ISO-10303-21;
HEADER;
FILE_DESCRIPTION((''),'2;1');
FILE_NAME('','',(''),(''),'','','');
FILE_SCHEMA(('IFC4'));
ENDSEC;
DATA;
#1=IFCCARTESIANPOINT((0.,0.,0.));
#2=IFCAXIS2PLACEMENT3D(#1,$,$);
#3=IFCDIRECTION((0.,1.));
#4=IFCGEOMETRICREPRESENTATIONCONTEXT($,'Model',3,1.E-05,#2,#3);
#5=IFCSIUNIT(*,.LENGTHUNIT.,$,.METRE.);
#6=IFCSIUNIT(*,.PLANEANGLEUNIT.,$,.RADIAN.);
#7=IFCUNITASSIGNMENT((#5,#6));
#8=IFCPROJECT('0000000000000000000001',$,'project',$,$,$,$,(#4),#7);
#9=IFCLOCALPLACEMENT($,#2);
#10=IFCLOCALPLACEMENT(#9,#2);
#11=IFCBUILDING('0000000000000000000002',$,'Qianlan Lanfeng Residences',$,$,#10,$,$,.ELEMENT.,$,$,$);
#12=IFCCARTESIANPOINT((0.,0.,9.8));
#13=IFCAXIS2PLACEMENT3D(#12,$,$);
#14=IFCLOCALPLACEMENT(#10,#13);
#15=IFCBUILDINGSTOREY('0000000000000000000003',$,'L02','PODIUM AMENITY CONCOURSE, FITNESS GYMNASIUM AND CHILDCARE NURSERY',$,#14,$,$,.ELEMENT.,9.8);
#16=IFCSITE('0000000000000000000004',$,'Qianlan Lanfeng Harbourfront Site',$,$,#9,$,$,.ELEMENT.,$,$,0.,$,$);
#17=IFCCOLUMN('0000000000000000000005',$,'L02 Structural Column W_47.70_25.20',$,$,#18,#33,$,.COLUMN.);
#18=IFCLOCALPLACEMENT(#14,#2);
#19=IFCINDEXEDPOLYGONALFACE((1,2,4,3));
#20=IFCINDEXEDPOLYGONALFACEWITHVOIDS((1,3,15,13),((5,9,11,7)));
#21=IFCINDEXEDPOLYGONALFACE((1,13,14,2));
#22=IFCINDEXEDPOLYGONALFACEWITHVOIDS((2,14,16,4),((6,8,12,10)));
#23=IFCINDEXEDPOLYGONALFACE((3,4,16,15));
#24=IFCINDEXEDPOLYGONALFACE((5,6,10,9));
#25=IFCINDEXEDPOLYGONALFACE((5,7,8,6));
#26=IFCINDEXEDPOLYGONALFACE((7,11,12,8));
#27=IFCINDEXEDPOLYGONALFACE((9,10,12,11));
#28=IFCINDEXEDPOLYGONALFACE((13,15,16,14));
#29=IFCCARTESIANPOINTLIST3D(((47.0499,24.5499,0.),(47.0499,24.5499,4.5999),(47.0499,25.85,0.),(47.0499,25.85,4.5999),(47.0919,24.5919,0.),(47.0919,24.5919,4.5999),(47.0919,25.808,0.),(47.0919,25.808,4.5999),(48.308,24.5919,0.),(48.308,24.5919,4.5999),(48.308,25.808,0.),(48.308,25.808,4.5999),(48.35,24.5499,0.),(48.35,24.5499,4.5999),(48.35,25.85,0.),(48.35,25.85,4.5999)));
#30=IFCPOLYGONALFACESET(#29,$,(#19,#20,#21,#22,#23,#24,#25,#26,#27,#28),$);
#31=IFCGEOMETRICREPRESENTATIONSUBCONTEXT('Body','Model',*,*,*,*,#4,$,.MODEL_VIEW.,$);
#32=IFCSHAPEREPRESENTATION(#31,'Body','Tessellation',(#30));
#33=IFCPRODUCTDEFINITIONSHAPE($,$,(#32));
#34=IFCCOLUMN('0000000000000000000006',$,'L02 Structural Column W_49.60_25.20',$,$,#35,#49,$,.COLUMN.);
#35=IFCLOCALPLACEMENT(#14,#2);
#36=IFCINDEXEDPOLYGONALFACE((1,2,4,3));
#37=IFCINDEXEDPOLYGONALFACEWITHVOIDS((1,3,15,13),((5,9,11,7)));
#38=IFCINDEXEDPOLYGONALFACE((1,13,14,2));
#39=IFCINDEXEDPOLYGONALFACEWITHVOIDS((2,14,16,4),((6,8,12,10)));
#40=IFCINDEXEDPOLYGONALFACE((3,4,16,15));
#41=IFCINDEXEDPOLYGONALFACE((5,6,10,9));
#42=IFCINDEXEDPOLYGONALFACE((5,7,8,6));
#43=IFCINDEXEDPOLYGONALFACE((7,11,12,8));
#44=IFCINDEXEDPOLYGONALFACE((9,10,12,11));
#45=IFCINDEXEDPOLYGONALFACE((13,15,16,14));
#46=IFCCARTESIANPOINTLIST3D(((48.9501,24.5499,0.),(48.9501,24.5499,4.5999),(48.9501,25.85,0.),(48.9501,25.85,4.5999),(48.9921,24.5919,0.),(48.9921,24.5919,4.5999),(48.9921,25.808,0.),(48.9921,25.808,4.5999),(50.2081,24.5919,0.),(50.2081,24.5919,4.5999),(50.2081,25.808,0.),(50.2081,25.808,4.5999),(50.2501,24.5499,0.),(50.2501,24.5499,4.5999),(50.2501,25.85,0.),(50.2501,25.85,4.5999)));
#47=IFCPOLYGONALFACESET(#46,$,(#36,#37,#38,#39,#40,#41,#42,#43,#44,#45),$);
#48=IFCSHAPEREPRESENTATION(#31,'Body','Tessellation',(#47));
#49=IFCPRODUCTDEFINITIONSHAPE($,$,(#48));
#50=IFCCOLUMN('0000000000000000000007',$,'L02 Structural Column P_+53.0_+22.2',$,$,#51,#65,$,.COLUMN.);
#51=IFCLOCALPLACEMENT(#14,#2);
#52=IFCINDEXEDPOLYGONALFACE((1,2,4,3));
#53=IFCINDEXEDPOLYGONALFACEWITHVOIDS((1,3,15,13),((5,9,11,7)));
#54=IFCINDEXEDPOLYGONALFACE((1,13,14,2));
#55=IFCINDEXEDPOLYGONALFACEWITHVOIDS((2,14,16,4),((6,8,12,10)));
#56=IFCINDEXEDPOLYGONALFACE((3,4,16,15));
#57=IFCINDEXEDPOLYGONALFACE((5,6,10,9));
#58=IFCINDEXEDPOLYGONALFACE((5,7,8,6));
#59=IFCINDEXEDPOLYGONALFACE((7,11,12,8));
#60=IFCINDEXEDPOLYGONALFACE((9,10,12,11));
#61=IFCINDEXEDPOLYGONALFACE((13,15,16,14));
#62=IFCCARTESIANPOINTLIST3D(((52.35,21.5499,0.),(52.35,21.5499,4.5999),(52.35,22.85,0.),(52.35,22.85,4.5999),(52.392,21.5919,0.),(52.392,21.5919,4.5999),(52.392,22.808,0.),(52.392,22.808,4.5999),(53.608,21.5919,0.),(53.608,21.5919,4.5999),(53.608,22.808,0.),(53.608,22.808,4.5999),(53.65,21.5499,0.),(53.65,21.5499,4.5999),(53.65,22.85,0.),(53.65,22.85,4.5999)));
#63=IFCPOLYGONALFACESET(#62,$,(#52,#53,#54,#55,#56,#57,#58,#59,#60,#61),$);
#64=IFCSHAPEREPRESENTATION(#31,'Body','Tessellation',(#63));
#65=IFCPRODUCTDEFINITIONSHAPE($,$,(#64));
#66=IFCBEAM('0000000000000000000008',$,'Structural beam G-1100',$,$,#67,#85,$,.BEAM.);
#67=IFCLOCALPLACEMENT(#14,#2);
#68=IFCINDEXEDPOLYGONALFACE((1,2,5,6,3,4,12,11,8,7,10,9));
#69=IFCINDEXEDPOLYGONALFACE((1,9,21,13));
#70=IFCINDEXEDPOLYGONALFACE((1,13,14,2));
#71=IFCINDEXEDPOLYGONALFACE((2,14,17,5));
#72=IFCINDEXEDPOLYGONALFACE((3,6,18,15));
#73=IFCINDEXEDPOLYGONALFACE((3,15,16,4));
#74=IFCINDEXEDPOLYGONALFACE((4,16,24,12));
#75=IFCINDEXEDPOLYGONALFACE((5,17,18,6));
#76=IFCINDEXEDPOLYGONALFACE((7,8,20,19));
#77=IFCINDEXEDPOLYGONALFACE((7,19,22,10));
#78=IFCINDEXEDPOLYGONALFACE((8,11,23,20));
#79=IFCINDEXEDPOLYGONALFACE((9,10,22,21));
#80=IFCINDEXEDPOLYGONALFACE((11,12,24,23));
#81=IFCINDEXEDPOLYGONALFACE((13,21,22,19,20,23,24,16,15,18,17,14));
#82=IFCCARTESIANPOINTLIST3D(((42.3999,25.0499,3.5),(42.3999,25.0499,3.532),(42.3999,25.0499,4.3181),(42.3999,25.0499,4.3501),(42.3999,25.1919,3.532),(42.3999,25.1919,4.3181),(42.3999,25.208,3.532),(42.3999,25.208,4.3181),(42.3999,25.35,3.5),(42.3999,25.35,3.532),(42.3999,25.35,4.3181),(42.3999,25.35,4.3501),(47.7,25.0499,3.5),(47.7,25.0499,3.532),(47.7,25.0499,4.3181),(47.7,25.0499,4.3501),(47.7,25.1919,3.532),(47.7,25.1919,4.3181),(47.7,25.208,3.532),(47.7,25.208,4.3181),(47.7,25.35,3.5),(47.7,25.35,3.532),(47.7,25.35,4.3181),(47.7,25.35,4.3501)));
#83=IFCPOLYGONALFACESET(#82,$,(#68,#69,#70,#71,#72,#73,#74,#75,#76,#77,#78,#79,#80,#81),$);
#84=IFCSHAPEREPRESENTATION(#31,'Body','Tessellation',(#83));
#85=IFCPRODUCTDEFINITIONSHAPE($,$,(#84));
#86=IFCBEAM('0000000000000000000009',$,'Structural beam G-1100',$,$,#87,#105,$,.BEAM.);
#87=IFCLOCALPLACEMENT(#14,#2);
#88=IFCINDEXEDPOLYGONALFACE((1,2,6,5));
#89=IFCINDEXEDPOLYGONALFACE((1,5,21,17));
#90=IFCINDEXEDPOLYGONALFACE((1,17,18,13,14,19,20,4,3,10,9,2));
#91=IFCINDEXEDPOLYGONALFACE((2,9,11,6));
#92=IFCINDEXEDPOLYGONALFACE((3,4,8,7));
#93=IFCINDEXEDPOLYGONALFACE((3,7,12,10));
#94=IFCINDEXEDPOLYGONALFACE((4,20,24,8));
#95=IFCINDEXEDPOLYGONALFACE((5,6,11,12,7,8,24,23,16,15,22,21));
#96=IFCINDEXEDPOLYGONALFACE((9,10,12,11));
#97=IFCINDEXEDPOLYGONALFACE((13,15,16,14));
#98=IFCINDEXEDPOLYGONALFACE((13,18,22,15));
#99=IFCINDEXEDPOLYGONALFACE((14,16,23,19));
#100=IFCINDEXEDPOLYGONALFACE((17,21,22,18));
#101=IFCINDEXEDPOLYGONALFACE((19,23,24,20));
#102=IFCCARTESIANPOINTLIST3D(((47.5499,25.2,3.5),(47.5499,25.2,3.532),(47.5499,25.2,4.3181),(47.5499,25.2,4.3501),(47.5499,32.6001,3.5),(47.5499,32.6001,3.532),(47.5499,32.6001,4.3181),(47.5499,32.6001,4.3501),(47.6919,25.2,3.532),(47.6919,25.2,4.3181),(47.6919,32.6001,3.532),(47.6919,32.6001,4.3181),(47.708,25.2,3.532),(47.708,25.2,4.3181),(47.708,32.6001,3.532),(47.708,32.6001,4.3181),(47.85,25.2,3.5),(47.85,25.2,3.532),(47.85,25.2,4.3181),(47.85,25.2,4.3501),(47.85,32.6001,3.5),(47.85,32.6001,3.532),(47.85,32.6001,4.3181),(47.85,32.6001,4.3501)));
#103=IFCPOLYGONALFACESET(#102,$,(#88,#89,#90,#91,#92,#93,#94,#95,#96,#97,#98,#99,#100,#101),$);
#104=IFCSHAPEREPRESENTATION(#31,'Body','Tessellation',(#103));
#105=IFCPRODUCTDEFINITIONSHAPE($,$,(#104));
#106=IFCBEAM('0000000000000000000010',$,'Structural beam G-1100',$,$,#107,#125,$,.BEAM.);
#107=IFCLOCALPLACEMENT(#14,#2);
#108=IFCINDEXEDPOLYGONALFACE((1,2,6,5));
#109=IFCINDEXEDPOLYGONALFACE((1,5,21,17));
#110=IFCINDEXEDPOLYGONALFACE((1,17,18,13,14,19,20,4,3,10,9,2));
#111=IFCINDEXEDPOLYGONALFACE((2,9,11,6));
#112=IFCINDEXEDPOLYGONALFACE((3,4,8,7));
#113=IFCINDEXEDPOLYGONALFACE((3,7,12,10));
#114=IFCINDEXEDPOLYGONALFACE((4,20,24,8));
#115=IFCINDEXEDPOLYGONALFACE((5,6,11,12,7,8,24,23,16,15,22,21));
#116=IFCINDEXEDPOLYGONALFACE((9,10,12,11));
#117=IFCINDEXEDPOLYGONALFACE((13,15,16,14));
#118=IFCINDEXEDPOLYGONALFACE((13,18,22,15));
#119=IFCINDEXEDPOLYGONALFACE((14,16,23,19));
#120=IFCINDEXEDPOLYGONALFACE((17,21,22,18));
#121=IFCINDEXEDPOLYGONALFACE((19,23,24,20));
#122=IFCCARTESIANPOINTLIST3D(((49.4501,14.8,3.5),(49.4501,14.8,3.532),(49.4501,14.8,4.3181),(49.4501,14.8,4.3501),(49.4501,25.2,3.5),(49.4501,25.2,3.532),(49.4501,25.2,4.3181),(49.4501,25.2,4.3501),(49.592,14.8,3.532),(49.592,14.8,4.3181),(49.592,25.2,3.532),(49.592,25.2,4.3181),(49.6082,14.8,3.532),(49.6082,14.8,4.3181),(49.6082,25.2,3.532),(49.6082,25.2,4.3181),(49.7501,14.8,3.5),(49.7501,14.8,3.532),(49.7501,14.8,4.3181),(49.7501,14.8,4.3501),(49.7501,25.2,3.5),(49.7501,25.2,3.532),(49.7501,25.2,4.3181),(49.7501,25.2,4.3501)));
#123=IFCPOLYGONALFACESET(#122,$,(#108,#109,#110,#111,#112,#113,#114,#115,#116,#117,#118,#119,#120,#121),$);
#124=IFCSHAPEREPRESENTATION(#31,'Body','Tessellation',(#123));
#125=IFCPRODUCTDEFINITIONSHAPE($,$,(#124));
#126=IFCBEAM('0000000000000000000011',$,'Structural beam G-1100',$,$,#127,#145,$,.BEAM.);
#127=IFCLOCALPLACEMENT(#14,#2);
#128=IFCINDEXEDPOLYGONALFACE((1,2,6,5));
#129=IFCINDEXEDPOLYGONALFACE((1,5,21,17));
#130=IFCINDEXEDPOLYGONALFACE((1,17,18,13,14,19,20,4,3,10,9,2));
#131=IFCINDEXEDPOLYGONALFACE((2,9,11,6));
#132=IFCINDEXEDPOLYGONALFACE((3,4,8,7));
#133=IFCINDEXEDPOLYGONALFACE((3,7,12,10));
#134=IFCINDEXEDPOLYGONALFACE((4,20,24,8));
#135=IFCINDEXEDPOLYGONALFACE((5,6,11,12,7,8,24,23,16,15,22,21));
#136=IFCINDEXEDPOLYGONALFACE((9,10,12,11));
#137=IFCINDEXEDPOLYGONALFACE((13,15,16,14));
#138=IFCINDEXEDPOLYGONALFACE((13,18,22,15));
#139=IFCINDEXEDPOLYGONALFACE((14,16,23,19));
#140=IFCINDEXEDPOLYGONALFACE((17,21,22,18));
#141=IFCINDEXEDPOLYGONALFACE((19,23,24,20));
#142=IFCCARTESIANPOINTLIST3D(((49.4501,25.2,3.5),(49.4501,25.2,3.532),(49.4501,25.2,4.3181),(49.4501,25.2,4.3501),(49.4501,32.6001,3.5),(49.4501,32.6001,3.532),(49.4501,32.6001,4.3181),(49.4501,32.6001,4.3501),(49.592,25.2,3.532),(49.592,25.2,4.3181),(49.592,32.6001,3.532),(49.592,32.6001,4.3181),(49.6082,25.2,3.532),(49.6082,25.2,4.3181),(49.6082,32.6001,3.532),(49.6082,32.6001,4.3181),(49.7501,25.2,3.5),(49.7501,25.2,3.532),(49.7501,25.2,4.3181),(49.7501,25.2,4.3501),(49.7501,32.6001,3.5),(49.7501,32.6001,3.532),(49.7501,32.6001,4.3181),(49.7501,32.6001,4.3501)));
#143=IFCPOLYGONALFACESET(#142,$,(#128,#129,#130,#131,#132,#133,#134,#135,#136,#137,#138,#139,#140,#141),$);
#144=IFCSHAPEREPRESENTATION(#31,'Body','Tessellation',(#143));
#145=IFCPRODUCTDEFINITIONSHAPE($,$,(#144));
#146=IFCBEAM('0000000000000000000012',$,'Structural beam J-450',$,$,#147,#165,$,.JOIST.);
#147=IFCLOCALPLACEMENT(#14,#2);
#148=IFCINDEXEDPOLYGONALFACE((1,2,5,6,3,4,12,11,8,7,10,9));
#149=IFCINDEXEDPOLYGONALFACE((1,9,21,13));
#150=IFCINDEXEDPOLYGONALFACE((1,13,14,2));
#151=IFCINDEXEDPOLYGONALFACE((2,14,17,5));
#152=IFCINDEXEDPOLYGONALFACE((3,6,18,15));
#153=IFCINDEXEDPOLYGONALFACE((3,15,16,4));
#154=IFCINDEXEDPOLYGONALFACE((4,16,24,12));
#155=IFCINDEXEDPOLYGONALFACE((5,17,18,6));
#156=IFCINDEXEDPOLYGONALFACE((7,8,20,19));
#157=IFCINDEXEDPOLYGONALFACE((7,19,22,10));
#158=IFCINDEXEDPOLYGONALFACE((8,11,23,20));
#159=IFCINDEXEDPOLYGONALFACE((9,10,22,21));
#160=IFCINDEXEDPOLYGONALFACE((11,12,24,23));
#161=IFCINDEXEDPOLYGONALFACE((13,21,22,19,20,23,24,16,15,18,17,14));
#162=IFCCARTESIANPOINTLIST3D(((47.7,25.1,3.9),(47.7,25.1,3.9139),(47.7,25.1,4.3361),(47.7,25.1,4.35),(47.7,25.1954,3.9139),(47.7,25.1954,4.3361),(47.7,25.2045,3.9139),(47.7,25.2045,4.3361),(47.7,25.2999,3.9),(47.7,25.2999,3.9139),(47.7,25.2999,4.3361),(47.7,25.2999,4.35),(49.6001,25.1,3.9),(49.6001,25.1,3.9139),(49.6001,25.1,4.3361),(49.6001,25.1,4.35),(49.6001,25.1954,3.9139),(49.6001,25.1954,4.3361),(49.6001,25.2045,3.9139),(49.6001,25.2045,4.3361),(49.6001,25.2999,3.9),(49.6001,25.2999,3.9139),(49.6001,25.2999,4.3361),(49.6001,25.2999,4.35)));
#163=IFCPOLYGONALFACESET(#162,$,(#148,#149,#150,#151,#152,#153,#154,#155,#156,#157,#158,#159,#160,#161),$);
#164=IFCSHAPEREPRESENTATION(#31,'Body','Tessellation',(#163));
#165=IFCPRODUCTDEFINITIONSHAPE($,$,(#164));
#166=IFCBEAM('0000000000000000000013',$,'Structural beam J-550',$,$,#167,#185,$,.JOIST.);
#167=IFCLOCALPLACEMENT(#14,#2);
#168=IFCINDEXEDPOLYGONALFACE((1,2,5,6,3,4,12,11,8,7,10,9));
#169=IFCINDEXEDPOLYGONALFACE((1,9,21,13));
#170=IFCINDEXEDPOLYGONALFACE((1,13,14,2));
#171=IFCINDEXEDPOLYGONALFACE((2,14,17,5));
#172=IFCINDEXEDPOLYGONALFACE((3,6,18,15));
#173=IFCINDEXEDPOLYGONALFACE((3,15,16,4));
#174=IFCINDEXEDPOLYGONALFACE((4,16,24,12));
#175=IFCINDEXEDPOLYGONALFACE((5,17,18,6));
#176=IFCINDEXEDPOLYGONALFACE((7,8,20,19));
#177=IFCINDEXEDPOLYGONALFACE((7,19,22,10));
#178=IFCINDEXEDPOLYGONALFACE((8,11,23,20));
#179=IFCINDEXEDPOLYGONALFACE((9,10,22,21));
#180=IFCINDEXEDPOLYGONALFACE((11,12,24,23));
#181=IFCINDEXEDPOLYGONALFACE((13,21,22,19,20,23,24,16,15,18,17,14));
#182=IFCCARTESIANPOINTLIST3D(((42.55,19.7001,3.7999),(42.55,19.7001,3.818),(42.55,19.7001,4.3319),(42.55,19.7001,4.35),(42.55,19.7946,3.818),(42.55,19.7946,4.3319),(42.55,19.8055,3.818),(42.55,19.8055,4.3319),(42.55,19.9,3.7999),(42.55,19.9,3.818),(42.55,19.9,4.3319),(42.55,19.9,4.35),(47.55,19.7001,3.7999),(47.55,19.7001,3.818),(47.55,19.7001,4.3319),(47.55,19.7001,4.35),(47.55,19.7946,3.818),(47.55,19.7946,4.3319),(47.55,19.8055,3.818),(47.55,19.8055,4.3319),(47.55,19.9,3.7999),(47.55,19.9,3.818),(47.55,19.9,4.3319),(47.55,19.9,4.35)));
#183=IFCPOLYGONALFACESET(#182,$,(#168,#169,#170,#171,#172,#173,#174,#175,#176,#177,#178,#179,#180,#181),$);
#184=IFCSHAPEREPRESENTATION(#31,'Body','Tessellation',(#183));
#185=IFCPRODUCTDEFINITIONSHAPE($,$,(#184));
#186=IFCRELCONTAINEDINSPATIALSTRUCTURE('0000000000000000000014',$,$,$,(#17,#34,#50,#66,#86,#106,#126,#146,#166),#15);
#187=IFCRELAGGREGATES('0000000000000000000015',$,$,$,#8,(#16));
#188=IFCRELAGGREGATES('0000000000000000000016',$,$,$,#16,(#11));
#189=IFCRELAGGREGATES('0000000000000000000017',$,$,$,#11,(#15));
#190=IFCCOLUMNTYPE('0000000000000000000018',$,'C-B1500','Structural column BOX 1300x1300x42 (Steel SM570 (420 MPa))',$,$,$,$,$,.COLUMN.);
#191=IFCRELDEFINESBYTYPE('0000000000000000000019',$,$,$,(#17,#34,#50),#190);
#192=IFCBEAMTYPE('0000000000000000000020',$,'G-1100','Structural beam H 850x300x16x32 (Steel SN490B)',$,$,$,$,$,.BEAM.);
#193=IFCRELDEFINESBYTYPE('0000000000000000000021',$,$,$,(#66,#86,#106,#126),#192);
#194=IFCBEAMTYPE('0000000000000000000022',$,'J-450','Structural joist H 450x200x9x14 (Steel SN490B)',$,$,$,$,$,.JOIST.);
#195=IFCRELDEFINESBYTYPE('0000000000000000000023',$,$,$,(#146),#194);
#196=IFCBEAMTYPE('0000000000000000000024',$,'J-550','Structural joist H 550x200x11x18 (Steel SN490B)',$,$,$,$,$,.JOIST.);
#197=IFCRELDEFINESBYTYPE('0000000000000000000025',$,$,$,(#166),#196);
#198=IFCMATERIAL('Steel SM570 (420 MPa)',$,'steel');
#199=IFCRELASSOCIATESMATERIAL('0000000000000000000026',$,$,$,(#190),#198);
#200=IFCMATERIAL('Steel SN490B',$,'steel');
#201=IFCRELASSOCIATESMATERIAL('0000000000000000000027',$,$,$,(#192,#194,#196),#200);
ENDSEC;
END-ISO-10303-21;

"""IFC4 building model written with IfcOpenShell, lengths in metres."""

from ifc_helpers import new_model, si_unit, direction, frame, origin, origin_2d, place, context, subcontext, project, spatial, hollow_rectangle, i_section, extrude, material, material_profile, profile_set, type_object, element, save


model = new_model("IFC4")

# Units and contexts
model_context = context("Model", 3, precision=1e-05, world=origin(), true_north=direction((0.0, 1.0)))
body_context = subcontext(model_context, "Body", "Model", "MODEL_VIEW")
ifc_project = project(units=[si_unit("LENGTHUNIT", "METRE"), si_unit("PLANEANGLEUNIT", "RADIAN")], contexts=[model_context])

# Site, building, storey
site_placement = place(None, origin())
site = spatial("IfcSite", under=ifc_project, at=site_placement, Name="Qianlan Lanfeng Harbourfront Site", CompositionType="ELEMENT", RefElevation=0.0)
building_placement = place(site_placement, origin())
building = spatial("IfcBuilding", under=site, at=building_placement, Name="Qianlan Lanfeng Residences", CompositionType="ELEMENT")
storey_placement = place(building_placement, frame((0.0, 0.0, 9.8)))
storey = spatial("IfcBuildingStorey", under=building, at=storey_placement, Name="L02", Description="PODIUM AMENITY CONCOURSE, FITNESS GYMNASIUM AND CHILDCARE NURSERY", CompositionType="ELEMENT", Elevation=9.8)

# Columns
ifc_material_1 = material(Name="Steel SM570 (420 MPa)", Category="steel")
ifc_material_profile_1 = material_profile(ifc_material_1, hollow_rectangle(XDim=1.3, YDim=1.3, WallThickness=0.042, at=origin_2d()), Name="BOX 1300x1300x42")
ifc_profile_set_1 = profile_set([ifc_material_profile_1], Name="Steel SM570 (420 MPa)")
column_type = type_object("IfcColumnType", Name="C-B1500", Description="Structural column BOX 1300x1300x42 (Steel SM570 (420 MPa))", PredefinedType="COLUMN", material=ifc_profile_set_1)
for number, where, z_axis, x_axis, name in (
    (1, (47.7, 25.2, 0.0), (0.0, 0.0, 1.0), (1.0, 0.0, 0.0), "L02 Structural Column W_47.70_25.20"),
    (2, (49.6001, 25.2, 0.0), (0.0, 0.0, 1.0), (1.0, 0.0, 0.0), "L02 Structural Column W_49.60_25.20"),
    (3, (53.0, 22.2, 0.0), (0.0, 0.0, 1.0), (1.0, 0.0, 0.0), "L02 Structural Column P_+53.0_+22.2"),
):
    element("IfcColumn", number, at=place(storey_placement, frame(where, z_axis=z_axis, x_axis=x_axis)), inside=storey, type_object=column_type, Name=name, PredefinedType="COLUMN", context=body_context, shape_type="SweptSolid", body=[
        extrude(hollow_rectangle(XDim=1.3, YDim=1.3, WallThickness=0.042, at=origin_2d()), origin(), (0.0, 0.0, 1.0), 4.5999),
    ])

# Beams
ifc_material_2 = material(Name="Steel SN490B", Category="steel")
ifc_material_profile_2 = material_profile(ifc_material_2, i_section(OverallWidth=0.3, OverallDepth=0.8501, WebThickness=0.0161, FlangeThickness=0.032, at=origin_2d()), Name="H 850x300x16x32")
ifc_profile_set_2 = profile_set([ifc_material_profile_2], Name="Steel SN490B")
beam_type_1 = type_object("IfcBeamType", Name="G-1100", Description="Structural beam H 850x300x16x32 (Steel SN490B)", PredefinedType="BEAM", material=ifc_profile_set_2)
beam_1_placement = place(storey_placement, frame((42.3999, 25.2, 3.925), z_axis=(1.0, 0.0, 0.0), x_axis=(0.0, 1.0, 0.0)))
element("IfcBeam", 4, at=beam_1_placement, inside=storey, type_object=beam_type_1, Name="Structural beam G-1100", PredefinedType="BEAM", context=body_context, shape_type="SweptSolid", body=[
    extrude(i_section(OverallWidth=0.3, OverallDepth=0.8501, WebThickness=0.0161, FlangeThickness=0.032, at=origin_2d()), origin(), (0.0, 0.0, 1.0), 5.3),
])
beam_2_placement = place(storey_placement, frame((47.7, 25.2, 3.925), z_axis=(0.0, 1.0, 0.0), x_axis=(-1.0, 0.0, 0.0)))
element("IfcBeam", 5, at=beam_2_placement, inside=storey, type_object=beam_type_1, Name="Structural beam G-1100", PredefinedType="BEAM", context=body_context, shape_type="SweptSolid", body=[
    extrude(i_section(OverallWidth=0.3, OverallDepth=0.8501, WebThickness=0.0161, FlangeThickness=0.032, at=origin_2d()), origin(), (0.0, 0.0, 1.0), 7.4001),
])
beam_3_placement = place(storey_placement, frame((49.6001, 14.8, 3.925), z_axis=(0.0, 1.0, 0.0), x_axis=(-1.0, 0.0, 0.0)))
element("IfcBeam", 6, at=beam_3_placement, inside=storey, type_object=beam_type_1, Name="Structural beam G-1100", PredefinedType="BEAM", context=body_context, shape_type="SweptSolid", body=[
    extrude(i_section(OverallWidth=0.3, OverallDepth=0.8501, WebThickness=0.0161, FlangeThickness=0.032, at=origin_2d()), origin(), (0.0, 0.0, 1.0), 10.3999),
])
beam_4_placement = place(storey_placement, frame((49.6001, 25.2, 3.925), z_axis=(0.0, 1.0, 0.0), x_axis=(-1.0, 0.0, 0.0)))
element("IfcBeam", 7, at=beam_4_placement, inside=storey, type_object=beam_type_1, Name="Structural beam G-1100", PredefinedType="BEAM", context=body_context, shape_type="SweptSolid", body=[
    extrude(i_section(OverallWidth=0.3, OverallDepth=0.8501, WebThickness=0.0161, FlangeThickness=0.032, at=origin_2d()), origin(), (0.0, 0.0, 1.0), 7.4001),
])
ifc_material_profile_3 = material_profile(ifc_material_2, i_section(OverallWidth=0.2, OverallDepth=0.45, WebThickness=0.009, FlangeThickness=0.0139, at=origin_2d()), Name="H 450x200x9x14")
ifc_profile_set_3 = profile_set([ifc_material_profile_3], Name="Steel SN490B")
beam_type_2 = type_object("IfcBeamType", Name="J-450", Description="Structural joist H 450x200x9x14 (Steel SN490B)", PredefinedType="JOIST", material=ifc_profile_set_3)
beam_5_placement = place(storey_placement, frame((47.7, 25.2, 4.125), z_axis=(1.0, 0.0, 0.0), x_axis=(0.0, 1.0, 0.0)))
element("IfcBeam", 8, at=beam_5_placement, inside=storey, type_object=beam_type_2, Name="Structural beam J-450", PredefinedType="JOIST", context=body_context, shape_type="SweptSolid", body=[
    extrude(i_section(OverallWidth=0.2, OverallDepth=0.45, WebThickness=0.009, FlangeThickness=0.0139, at=origin_2d()), origin(), (0.0, 0.0, 1.0), 1.9001),
])
ifc_material_profile_4 = material_profile(ifc_material_2, i_section(OverallWidth=0.2, OverallDepth=0.55, WebThickness=0.011, FlangeThickness=0.0181, at=origin_2d()), Name="H 550x200x11x18")
ifc_profile_set_4 = profile_set([ifc_material_profile_4], Name="Steel SN490B")
beam_type_3 = type_object("IfcBeamType", Name="J-550", Description="Structural joist H 550x200x11x18 (Steel SN490B)", PredefinedType="JOIST", material=ifc_profile_set_4)
beam_6_placement = place(storey_placement, frame((42.55, 19.8, 4.075), z_axis=(1.0, 0.0, 0.0), x_axis=(0.0, 1.0, 0.0)))
element("IfcBeam", 9, at=beam_6_placement, inside=storey, type_object=beam_type_3, Name="Structural beam J-550", PredefinedType="JOIST", context=body_context, shape_type="SweptSolid", body=[
    extrude(i_section(OverallWidth=0.2, OverallDepth=0.55, WebThickness=0.011, FlangeThickness=0.0181, at=origin_2d()), origin(), (0.0, 0.0, 1.0), 5.0),
])

save(model, "model.ifc")
